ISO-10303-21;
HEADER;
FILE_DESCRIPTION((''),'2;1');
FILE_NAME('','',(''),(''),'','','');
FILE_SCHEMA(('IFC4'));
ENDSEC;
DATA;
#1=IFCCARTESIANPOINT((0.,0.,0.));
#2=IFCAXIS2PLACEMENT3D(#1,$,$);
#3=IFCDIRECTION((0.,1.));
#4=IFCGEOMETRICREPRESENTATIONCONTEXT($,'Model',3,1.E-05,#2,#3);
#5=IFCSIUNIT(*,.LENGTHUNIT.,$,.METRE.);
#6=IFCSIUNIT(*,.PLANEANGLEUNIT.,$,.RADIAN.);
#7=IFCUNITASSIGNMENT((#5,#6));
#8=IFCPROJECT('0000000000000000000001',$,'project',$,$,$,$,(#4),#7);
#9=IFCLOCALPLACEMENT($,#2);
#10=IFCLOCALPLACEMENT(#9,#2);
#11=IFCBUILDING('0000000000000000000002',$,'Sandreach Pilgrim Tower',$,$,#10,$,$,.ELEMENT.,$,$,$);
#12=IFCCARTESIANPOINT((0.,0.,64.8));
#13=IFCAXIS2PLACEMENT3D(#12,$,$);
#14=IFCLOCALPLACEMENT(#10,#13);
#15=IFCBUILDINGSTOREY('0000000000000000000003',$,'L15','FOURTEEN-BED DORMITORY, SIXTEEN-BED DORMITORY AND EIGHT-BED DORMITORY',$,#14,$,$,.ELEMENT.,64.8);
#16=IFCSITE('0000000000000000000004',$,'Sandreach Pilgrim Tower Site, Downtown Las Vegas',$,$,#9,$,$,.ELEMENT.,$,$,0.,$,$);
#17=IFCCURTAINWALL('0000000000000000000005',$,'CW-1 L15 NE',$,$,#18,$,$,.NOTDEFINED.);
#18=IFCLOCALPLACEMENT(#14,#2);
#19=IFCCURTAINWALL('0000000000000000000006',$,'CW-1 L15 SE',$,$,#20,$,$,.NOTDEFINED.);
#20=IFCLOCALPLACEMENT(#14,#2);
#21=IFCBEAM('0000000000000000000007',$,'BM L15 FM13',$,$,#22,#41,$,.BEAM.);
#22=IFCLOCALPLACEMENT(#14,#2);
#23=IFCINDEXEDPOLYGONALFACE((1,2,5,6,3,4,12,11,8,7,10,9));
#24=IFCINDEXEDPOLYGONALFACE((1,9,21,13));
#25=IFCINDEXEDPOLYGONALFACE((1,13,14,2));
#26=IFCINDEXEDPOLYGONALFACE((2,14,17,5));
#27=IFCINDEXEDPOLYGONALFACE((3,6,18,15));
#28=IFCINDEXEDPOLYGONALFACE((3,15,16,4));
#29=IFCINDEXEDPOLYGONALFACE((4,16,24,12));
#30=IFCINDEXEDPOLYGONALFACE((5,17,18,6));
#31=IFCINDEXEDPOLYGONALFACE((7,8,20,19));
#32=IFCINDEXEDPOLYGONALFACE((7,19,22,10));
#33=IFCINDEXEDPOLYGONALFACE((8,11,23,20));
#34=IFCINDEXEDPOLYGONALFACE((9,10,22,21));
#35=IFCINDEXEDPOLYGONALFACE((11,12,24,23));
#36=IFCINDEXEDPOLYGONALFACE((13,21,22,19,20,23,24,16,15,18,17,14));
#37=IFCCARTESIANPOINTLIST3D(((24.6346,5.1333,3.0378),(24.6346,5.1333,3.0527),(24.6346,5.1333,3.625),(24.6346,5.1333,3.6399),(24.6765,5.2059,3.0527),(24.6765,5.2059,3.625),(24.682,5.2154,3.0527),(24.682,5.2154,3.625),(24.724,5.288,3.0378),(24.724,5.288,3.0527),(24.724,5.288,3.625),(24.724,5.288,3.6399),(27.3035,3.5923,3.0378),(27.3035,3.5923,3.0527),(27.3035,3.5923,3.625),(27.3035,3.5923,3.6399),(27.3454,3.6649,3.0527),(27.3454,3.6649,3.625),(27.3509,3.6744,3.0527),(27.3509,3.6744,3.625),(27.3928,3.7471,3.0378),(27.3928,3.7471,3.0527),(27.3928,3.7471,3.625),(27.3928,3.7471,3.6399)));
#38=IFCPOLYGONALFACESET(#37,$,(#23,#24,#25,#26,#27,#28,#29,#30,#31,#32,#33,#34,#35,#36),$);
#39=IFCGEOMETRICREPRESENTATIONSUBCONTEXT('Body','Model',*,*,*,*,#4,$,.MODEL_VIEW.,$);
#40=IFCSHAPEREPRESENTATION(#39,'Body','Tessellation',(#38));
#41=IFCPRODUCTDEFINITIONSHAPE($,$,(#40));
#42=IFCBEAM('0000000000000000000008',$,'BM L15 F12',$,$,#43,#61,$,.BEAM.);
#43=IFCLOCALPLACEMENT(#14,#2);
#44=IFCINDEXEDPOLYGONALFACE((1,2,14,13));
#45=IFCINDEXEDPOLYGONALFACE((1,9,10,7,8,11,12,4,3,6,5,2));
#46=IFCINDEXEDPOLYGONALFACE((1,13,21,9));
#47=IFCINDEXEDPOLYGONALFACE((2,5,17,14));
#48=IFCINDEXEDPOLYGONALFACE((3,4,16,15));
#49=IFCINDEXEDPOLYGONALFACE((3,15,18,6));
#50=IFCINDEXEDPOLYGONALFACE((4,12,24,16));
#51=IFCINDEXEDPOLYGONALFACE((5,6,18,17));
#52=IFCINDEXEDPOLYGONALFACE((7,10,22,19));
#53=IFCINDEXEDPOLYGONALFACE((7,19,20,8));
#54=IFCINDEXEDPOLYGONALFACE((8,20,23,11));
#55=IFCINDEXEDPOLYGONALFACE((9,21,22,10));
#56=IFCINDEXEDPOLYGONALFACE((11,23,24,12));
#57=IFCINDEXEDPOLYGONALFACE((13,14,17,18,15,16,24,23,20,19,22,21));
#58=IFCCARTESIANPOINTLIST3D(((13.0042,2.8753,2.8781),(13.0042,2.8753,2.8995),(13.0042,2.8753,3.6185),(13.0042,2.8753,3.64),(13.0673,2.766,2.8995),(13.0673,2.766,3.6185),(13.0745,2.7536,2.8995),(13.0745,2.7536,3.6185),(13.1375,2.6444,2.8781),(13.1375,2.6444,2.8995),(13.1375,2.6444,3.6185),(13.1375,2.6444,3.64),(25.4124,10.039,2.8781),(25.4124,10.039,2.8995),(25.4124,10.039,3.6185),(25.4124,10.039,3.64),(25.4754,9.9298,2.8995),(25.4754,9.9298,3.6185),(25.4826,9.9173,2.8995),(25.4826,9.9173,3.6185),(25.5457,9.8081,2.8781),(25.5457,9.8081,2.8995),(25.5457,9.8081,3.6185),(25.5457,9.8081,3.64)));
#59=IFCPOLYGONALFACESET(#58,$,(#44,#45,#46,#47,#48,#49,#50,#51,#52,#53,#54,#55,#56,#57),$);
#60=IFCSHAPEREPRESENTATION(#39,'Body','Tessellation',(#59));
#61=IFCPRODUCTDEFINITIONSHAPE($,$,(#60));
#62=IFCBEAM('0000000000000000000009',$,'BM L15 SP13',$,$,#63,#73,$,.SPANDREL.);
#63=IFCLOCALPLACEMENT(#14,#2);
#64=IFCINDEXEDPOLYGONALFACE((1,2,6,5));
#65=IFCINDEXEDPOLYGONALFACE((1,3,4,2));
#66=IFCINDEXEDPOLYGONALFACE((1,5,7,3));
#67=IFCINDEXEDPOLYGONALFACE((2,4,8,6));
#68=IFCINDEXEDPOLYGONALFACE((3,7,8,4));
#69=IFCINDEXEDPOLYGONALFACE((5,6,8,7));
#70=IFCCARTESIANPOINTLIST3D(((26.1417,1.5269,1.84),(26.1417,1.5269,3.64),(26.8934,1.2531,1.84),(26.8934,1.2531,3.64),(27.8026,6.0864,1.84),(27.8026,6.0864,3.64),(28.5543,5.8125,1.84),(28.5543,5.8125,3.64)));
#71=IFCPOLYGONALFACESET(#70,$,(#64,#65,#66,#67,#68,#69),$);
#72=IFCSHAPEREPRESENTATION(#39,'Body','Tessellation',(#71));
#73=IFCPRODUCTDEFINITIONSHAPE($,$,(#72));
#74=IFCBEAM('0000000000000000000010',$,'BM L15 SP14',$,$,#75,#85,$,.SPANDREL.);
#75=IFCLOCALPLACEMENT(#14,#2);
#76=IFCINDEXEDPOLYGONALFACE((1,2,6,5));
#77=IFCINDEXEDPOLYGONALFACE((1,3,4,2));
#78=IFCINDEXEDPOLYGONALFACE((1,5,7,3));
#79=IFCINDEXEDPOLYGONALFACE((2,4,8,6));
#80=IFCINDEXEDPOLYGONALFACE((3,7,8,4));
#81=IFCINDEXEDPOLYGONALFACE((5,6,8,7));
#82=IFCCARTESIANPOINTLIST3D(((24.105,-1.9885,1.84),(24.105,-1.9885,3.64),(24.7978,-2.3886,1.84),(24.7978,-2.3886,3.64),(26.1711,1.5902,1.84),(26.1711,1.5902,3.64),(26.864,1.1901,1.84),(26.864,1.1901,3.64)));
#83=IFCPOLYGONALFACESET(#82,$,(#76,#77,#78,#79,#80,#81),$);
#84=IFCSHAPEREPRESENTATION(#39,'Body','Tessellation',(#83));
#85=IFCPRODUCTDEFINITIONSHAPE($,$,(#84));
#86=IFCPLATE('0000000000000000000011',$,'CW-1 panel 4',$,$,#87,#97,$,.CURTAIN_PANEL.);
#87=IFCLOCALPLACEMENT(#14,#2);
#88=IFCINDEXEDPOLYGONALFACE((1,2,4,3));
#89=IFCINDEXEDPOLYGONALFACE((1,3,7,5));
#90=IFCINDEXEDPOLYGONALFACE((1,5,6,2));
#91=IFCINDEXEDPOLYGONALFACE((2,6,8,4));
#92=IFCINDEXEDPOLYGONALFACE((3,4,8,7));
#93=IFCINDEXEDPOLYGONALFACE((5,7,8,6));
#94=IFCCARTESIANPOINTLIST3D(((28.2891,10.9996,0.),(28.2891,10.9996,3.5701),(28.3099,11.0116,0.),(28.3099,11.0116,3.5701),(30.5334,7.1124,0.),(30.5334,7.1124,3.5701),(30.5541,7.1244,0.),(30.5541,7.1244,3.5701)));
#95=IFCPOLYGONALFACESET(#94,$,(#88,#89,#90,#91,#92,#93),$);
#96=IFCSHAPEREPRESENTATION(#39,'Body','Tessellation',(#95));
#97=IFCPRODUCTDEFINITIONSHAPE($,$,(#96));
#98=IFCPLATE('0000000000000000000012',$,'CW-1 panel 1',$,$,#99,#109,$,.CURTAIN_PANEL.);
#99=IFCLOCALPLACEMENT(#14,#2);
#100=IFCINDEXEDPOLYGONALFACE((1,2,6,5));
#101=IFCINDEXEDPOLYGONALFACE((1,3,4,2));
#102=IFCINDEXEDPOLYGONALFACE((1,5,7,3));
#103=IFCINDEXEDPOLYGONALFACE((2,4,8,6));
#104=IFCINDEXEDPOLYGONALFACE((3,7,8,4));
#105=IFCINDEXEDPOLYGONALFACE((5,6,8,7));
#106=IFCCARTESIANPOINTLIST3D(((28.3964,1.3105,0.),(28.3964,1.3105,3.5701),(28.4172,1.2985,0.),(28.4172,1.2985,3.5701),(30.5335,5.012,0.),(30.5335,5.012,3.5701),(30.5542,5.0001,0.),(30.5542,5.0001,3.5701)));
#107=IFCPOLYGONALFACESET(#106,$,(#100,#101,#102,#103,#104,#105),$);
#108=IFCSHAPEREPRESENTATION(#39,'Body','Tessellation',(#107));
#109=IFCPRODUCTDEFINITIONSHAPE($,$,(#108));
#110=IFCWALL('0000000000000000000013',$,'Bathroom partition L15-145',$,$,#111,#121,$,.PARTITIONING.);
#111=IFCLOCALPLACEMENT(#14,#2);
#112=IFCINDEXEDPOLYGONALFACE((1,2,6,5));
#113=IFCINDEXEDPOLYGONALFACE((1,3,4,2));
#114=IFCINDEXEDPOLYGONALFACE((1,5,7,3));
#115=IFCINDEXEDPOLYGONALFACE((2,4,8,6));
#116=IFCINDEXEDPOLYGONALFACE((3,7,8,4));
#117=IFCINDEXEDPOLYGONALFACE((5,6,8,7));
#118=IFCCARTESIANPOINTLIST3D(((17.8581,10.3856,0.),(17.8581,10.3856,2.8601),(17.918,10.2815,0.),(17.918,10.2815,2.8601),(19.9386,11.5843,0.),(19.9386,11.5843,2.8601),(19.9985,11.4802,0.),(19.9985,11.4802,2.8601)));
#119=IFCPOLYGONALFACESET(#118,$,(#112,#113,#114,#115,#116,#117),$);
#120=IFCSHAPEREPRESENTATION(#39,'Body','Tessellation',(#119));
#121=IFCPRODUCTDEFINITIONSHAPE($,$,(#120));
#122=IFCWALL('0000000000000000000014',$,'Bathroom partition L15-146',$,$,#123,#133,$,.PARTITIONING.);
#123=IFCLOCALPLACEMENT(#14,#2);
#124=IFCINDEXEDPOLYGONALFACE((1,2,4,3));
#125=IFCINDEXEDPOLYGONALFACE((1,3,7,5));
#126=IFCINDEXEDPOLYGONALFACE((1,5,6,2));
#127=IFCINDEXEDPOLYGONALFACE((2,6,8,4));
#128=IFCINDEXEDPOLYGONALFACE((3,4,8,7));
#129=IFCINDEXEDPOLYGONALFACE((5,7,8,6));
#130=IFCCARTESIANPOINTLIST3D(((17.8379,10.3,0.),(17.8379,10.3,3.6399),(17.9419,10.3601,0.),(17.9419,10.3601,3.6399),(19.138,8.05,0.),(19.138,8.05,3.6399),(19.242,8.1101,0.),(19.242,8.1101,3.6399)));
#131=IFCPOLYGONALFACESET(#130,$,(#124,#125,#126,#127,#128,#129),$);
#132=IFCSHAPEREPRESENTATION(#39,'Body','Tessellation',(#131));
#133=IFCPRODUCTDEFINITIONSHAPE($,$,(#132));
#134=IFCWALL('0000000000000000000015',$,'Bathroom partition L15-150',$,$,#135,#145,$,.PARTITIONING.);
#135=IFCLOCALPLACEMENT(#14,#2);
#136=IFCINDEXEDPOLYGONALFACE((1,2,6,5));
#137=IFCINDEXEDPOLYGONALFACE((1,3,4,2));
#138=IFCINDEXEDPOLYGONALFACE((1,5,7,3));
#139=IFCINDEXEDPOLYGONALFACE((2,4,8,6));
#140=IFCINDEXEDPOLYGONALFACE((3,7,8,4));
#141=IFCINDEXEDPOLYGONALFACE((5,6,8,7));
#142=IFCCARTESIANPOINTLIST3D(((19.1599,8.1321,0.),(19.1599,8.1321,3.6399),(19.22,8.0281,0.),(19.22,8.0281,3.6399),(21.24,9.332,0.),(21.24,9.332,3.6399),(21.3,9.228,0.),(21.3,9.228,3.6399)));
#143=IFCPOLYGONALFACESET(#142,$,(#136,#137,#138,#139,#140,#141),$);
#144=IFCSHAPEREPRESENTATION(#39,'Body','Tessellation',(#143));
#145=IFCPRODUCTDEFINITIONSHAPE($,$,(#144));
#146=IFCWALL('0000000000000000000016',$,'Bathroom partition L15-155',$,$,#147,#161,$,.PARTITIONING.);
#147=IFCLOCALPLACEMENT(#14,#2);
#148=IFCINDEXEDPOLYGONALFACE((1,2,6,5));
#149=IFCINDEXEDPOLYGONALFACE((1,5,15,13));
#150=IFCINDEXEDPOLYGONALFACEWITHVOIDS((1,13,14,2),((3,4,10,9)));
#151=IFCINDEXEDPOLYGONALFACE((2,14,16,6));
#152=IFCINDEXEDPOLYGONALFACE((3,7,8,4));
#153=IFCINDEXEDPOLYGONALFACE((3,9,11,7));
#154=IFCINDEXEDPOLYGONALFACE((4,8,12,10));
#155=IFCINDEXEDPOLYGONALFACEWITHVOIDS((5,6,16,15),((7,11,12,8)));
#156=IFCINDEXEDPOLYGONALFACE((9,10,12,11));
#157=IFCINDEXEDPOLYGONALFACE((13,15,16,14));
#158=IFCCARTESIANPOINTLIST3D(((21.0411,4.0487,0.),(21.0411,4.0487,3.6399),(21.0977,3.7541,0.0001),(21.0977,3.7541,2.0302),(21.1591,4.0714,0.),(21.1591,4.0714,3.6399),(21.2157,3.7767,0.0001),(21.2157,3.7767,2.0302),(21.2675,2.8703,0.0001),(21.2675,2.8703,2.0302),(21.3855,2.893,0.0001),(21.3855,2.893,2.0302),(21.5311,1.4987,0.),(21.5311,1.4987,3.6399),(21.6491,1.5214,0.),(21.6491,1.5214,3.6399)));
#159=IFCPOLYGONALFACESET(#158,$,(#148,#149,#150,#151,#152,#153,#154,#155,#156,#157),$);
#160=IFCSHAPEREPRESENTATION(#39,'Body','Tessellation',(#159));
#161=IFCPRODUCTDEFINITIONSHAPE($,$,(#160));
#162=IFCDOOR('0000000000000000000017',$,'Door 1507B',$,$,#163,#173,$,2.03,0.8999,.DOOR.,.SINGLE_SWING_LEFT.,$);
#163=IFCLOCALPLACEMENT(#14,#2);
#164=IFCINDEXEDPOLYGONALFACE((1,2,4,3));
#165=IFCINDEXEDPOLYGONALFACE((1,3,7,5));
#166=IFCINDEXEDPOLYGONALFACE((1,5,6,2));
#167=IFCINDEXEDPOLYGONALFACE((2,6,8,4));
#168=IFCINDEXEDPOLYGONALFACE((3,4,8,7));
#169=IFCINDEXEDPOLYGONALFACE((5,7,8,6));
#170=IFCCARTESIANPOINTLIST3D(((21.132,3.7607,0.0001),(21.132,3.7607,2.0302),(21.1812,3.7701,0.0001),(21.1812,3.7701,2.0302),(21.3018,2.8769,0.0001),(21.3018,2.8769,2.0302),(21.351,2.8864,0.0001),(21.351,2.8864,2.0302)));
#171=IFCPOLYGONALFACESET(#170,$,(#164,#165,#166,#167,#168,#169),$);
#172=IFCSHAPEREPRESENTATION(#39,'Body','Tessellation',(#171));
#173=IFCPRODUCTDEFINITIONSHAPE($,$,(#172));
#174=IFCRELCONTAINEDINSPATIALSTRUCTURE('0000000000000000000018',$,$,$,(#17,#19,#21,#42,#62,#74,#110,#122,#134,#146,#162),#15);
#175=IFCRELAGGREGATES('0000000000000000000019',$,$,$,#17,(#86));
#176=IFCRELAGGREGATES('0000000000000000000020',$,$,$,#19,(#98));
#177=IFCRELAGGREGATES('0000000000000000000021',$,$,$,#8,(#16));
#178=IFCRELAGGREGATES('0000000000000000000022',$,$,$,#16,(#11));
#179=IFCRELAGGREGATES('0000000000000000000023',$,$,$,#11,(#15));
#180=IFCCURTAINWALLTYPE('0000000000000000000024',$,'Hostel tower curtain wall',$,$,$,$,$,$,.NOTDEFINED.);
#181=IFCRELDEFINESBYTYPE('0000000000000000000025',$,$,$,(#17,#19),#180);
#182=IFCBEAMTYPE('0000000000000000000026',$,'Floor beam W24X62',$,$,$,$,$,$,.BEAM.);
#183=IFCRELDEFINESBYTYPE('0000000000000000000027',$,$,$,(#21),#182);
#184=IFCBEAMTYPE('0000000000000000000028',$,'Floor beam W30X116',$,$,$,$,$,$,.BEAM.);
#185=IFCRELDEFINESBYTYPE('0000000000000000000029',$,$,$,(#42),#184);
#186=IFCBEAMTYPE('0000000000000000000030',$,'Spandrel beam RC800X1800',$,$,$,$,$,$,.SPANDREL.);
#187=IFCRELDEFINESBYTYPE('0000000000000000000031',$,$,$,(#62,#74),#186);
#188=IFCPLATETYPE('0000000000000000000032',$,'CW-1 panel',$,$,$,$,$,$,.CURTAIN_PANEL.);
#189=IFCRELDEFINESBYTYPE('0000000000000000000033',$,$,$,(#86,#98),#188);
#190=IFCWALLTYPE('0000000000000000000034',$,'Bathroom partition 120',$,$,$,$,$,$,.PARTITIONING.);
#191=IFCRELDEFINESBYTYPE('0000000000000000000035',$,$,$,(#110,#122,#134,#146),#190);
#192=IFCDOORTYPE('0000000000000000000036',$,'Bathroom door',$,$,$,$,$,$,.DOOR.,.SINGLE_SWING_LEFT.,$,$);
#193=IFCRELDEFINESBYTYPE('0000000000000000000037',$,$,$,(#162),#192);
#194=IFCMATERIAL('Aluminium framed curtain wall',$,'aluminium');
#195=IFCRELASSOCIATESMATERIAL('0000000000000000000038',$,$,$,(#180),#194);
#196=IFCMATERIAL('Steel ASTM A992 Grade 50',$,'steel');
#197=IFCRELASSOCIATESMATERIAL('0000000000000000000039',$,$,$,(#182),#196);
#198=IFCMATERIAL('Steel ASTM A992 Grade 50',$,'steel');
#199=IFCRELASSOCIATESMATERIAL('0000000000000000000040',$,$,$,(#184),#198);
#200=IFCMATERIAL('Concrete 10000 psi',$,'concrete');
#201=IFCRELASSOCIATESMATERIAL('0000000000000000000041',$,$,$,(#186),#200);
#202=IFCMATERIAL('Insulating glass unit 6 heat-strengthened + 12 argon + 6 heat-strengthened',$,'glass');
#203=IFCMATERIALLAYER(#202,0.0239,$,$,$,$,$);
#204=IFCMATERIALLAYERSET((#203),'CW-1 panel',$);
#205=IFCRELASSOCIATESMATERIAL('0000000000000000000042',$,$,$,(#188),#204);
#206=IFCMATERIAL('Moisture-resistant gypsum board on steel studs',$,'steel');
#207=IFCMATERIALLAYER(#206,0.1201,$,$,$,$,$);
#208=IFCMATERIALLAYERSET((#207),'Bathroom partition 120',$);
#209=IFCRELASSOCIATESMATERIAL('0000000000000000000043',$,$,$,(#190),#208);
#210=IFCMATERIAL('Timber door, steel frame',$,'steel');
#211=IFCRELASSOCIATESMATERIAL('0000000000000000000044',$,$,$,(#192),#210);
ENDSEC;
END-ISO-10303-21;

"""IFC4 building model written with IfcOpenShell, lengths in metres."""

from ifc_helpers import new_model, si_unit, direction, frame, frame_2d, origin, origin_2d, place, context, subcontext, project, spatial, rectangle, i_section, extrude, material, layer, layer_set, material_profile, profile_set, type_object, element, fill, aggregate, save


model = new_model("IFC4")

# Units and contexts
model_context = context("Model", 3, precision=1e-05, world=origin(), true_north=direction((0.0, 1.0)))
body_context = subcontext(model_context, "Body", "Model", "MODEL_VIEW")
ifc_project = project(units=[si_unit("LENGTHUNIT", "METRE"), si_unit("PLANEANGLEUNIT", "RADIAN")], contexts=[model_context])

# Site, building, storey
site_placement = place(None, origin())
site = spatial("IfcSite", under=ifc_project, at=site_placement, Name="Sandreach Pilgrim Tower Site, Downtown Las Vegas", CompositionType="ELEMENT", RefElevation=0.0)
building_placement = place(site_placement, origin())
building = spatial("IfcBuilding", under=site, at=building_placement, Name="Sandreach Pilgrim Tower", CompositionType="ELEMENT")
storey_placement = place(building_placement, frame((0.0, 0.0, 64.8)))
storey = spatial("IfcBuildingStorey", under=building, at=storey_placement, Name="L15", Description="FOURTEEN-BED DORMITORY, SIXTEEN-BED DORMITORY AND EIGHT-BED DORMITORY", CompositionType="ELEMENT", Elevation=64.8)

# Curtain wall
ifc_material_1 = material(Name="Aluminium framed curtain wall", Category="aluminium")
curtain_wall_type = type_object("IfcCurtainWallType", Name="Hostel tower curtain wall", PredefinedType="NOTDEFINED", material=ifc_material_1)
curtain_wall_1_placement = place(storey_placement, origin())
curtain_wall_1 = element("IfcCurtainWall", 1, at=curtain_wall_1_placement, inside=storey, type_object=curtain_wall_type, Name="CW-1 L15 NE", PredefinedType="NOTDEFINED")

# Curtain wall
curtain_wall_2_placement = place(storey_placement, origin())
curtain_wall_2 = element("IfcCurtainWall", 2, at=curtain_wall_2_placement, inside=storey, type_object=curtain_wall_type, Name="CW-1 L15 SE", PredefinedType="NOTDEFINED")

# Beams
ifc_material_2 = material(Name="Steel ASTM A992 Grade 50", Category="steel")
ifc_material_profile_1 = material_profile(ifc_material_2, i_section(OverallWidth=0.1787, OverallDepth=0.6021, WebThickness=0.011, FlangeThickness=0.0149, at=origin_2d()), Name="W24X62")
ifc_profile_set_1 = profile_set([ifc_material_profile_1], Name="Steel ASTM A992 Grade 50")
beam_type_1 = type_object("IfcBeamType", Name="Floor beam W24X62", PredefinedType="BEAM", material=ifc_profile_set_1)
beam_1_placement = place(storey_placement, frame((27.3481, 3.6697, 3.3389), z_axis=(-0.866011, 0.500024, 0.0), x_axis=(-0.500024, -0.866011, 0.0)))
element("IfcBeam", 3, at=beam_1_placement, inside=storey, type_object=beam_type_1, Name="BM L15 FM13", PredefinedType="BEAM", context=body_context, shape_type="SweptSolid", body=[
    extrude(i_section(OverallWidth=0.1787, OverallDepth=0.6021, WebThickness=0.011, FlangeThickness=0.0149, at=origin_2d()), origin(), (0.0, 0.0, 1.0), 3.0818),
])
ifc_material_3 = material(Name="Steel ASTM A992 Grade 50", Category="steel")
ifc_material_profile_2 = material_profile(ifc_material_3, i_section(OverallWidth=0.2666, OverallDepth=0.762, WebThickness=0.0144, FlangeThickness=0.0215, at=origin_2d()), Name="W30X116")
ifc_profile_set_2 = profile_set([ifc_material_profile_2], Name="Steel ASTM A992 Grade 50")
beam_type_2 = type_object("IfcBeamType", Name="Floor beam W30X116", PredefinedType="BEAM", material=ifc_profile_set_2)
beam_2_placement = place(storey_placement, frame((25.479, 9.9236, 3.259), z_axis=(-0.866027, -0.499997, 0.0), x_axis=(0.499997, -0.866027, 0.0)))
element("IfcBeam", 4, at=beam_2_placement, inside=storey, type_object=beam_type_2, Name="BM L15 F12", PredefinedType="BEAM", context=body_context, shape_type="SweptSolid", body=[
    extrude(i_section(OverallWidth=0.2666, OverallDepth=0.762, WebThickness=0.0144, FlangeThickness=0.0215, at=origin_2d()), origin(), (0.0, 0.0, 1.0), 14.3276),
])
ifc_material_4 = material(Name="Concrete 10000 psi", Category="concrete")
ifc_material_profile_3 = material_profile(ifc_material_4, rectangle(XDim=0.8, YDim=1.8, at=origin_2d()), Name="RC800X1800")
ifc_profile_set_3 = profile_set([ifc_material_profile_3], Name="Concrete 10000 psi")
beam_type_3 = type_object("IfcBeamType", Name="Spandrel beam RC800X1800", PredefinedType="SPANDREL", material=ifc_profile_set_3)
beam_3_placement = place(storey_placement, frame((28.1785, 5.9495, 2.74), z_axis=(-0.34228, -0.939598, 0.0), x_axis=(0.939598, -0.34228, 0.0)))
element("IfcBeam", 5, at=beam_3_placement, inside=storey, type_object=beam_type_3, Name="BM L15 SP13", PredefinedType="SPANDREL", context=body_context, shape_type="SweptSolid", body=[
    extrude(rectangle(XDim=0.8, YDim=1.8, at=origin_2d()), origin(), (0.0, 0.0, 1.0), 4.8525),
])
beam_4_placement = place(storey_placement, frame((26.5176, 1.3901, 2.74), z_axis=(-0.500009, -0.86602, 0.0), x_axis=(0.86602, -0.500009, 0.0)))
element("IfcBeam", 6, at=beam_4_placement, inside=storey, type_object=beam_type_3, Name="BM L15 SP14", PredefinedType="SPANDREL", context=body_context, shape_type="SweptSolid", body=[
    extrude(rectangle(XDim=0.8, YDim=1.8, at=origin_2d()), origin(), (0.0, 0.0, 1.0), 4.1323),
])

# Plates
ifc_material_5 = material(Name="Insulating glass unit 6 heat-strengthened + 12 argon + 6 heat-strengthened", Category="glass")
ifc_layer_1 = layer(ifc_material_5, 0.0239)
ifc_layer_set_1 = layer_set([ifc_layer_1], Name="CW-1 panel")
plate_type = type_object("IfcPlateType", Name="CW-1 panel", PredefinedType="CURTAIN_PANEL", material=ifc_layer_set_1)
plate_1_placement = place(storey_placement, frame((29.4216, 9.062, 0.0), z_axis=(0.0, 0.0, 1.0), x_axis=(0.5, -0.866025, 0.0)))
plate_1 = element("IfcPlate", 7, at=plate_1_placement, type_object=plate_type, Name="CW-1 panel 4", PredefinedType="CURTAIN_PANEL", context=body_context, shape_type="SweptSolid", body=[
    extrude(rectangle(XDim=4.4885, YDim=0.0239, at=origin_2d()), origin(), (0.0, 0.0, 1.0), 3.5701),
])
aggregate(curtain_wall_1, [plate_1])
plate_2_placement = place(storey_placement, frame((29.4753, 3.1553, 0.0), z_axis=(0.0, 0.0, 1.0), x_axis=(-0.5, -0.866025, 0.0)))
plate_2 = element("IfcPlate", 8, at=plate_2_placement, type_object=plate_type, Name="CW-1 panel 1", PredefinedType="CURTAIN_PANEL", context=body_context, shape_type="SweptSolid", body=[
    extrude(rectangle(XDim=4.2742, YDim=0.0239, at=origin_2d()), origin(), (0.0, 0.0, 1.0), 3.5701),
])
aggregate(curtain_wall_2, [plate_2])

# Walls
ifc_material_6 = material(Name="Moisture-resistant gypsum board on steel studs", Category="steel")
ifc_layer_2 = layer(ifc_material_6, 0.1201)
ifc_layer_set_2 = layer_set([ifc_layer_2], Name="Bathroom partition 120")
wall_type_1 = type_object("IfcWallType", Name="Bathroom partition 120", PredefinedType="PARTITIONING", material=ifc_layer_set_2)
wall_1_placement = place(storey_placement, frame((17.8879, 10.3335, 0.0), z_axis=(0.0, 0.0, 1.0), x_axis=(0.866473, 0.499224, 0.0)))
element("IfcWall", 9, at=wall_1_placement, inside=storey, type_object=wall_type_1, Name="Bathroom partition L15-145", PredefinedType="PARTITIONING", context=body_context, shape_type="SweptSolid", body=[
    extrude(rectangle(XDim=2.4011, YDim=0.1201, at=frame_2d((1.2007, 0.0))), origin(), (0.0, 0.0, 1.0), 2.8601),
])
wall_2_placement = place(storey_placement, frame((17.8899, 10.3301, 0.0), z_axis=(0.0, 0.0, 1.0), x_axis=(0.500292, -0.865857, 0.0)))
element("IfcWall", 10, at=wall_2_placement, inside=storey, type_object=wall_type_1, Name="Bathroom partition L15-146", PredefinedType="PARTITIONING", context=body_context, shape_type="SweptSolid", body=[
    extrude(rectangle(XDim=2.5986, YDim=0.1201, at=frame_2d((1.2993, 0.0))), origin(), (0.0, 0.0, 1.0), 3.6399),
])
wall_3_placement = place(storey_placement, frame((19.1899, 8.0801, 0.0), z_axis=(0.0, 0.0, 1.0), x_axis=(0.866203, 0.499693, 0.0)))
element("IfcWall", 11, at=wall_3_placement, inside=storey, type_object=wall_type_1, Name="Bathroom partition L15-150", PredefinedType="PARTITIONING", context=body_context, shape_type="SweptSolid", body=[
    extrude(rectangle(XDim=2.4014, YDim=0.1201, at=frame_2d((1.2007, 0.0))), origin(), (0.0, 0.0, 1.0), 3.6399),
])

# Wall, opening, door
wall_4_placement = place(storey_placement, frame((21.1001, 4.0601, 0.0), z_axis=(0.0, 0.0, 1.0), x_axis=(0.188697, -0.982035, 0.0)))
wall_4 = element("IfcWall", 12, at=wall_4_placement, inside=storey, type_object=wall_type_1, Name="Bathroom partition L15-155", PredefinedType="PARTITIONING", context=body_context, shape_type="SweptSolid", body=[
    extrude(rectangle(XDim=2.5967, YDim=0.1201, at=frame_2d((1.2983, 0.0))), origin(), (0.0, 0.0, 1.0), 3.6399),
])
opening_1_placement = place(wall_4_placement, frame((0.3, 0.0, 0.0)))
opening_1 = element("IfcOpeningElement", 13, at=opening_1_placement, cuts=wall_4, PredefinedType="OPENING", context=body_context, shape_type="SweptSolid", body=[
    extrude(rectangle(XDim=0.8999, YDim=2.03, at=frame_2d((0.45, 1.0151))), frame((0.0, 0.0601, 0.0), z_axis=(0.0, -1.0, 0.0), x_axis=(1.0, 0.0, 0.0)), (0.0, 0.0, 1.0), 0.1201),
])
ifc_material_7 = material(Name="Timber door, steel frame", Category="steel")
door_type_1 = type_object("IfcDoorType", Name="Bathroom door", OperationType="SINGLE_SWING_LEFT", PredefinedType="DOOR", material=ifc_material_7)
door_1_placement = place(opening_1_placement, origin())
door_1 = element("IfcDoor", 14, at=door_1_placement, inside=storey, type_object=door_type_1, Name="Door 1507B", OperationType="SINGLE_SWING_LEFT", OverallHeight=2.03, OverallWidth=0.8999, PredefinedType="DOOR", context=body_context, shape_type="SweptSolid", body=[
    extrude(rectangle(XDim=0.8999, YDim=2.03, at=frame_2d((0.45, 1.0151))), frame((0.0, 0.0249, 0.0), z_axis=(0.0, -1.0, 0.0), x_axis=(1.0, 0.0, 0.0)), (0.0, 0.0, 1.0), 0.05),
])
fill(opening_1, door_1)

save(model, "model.ifc")
